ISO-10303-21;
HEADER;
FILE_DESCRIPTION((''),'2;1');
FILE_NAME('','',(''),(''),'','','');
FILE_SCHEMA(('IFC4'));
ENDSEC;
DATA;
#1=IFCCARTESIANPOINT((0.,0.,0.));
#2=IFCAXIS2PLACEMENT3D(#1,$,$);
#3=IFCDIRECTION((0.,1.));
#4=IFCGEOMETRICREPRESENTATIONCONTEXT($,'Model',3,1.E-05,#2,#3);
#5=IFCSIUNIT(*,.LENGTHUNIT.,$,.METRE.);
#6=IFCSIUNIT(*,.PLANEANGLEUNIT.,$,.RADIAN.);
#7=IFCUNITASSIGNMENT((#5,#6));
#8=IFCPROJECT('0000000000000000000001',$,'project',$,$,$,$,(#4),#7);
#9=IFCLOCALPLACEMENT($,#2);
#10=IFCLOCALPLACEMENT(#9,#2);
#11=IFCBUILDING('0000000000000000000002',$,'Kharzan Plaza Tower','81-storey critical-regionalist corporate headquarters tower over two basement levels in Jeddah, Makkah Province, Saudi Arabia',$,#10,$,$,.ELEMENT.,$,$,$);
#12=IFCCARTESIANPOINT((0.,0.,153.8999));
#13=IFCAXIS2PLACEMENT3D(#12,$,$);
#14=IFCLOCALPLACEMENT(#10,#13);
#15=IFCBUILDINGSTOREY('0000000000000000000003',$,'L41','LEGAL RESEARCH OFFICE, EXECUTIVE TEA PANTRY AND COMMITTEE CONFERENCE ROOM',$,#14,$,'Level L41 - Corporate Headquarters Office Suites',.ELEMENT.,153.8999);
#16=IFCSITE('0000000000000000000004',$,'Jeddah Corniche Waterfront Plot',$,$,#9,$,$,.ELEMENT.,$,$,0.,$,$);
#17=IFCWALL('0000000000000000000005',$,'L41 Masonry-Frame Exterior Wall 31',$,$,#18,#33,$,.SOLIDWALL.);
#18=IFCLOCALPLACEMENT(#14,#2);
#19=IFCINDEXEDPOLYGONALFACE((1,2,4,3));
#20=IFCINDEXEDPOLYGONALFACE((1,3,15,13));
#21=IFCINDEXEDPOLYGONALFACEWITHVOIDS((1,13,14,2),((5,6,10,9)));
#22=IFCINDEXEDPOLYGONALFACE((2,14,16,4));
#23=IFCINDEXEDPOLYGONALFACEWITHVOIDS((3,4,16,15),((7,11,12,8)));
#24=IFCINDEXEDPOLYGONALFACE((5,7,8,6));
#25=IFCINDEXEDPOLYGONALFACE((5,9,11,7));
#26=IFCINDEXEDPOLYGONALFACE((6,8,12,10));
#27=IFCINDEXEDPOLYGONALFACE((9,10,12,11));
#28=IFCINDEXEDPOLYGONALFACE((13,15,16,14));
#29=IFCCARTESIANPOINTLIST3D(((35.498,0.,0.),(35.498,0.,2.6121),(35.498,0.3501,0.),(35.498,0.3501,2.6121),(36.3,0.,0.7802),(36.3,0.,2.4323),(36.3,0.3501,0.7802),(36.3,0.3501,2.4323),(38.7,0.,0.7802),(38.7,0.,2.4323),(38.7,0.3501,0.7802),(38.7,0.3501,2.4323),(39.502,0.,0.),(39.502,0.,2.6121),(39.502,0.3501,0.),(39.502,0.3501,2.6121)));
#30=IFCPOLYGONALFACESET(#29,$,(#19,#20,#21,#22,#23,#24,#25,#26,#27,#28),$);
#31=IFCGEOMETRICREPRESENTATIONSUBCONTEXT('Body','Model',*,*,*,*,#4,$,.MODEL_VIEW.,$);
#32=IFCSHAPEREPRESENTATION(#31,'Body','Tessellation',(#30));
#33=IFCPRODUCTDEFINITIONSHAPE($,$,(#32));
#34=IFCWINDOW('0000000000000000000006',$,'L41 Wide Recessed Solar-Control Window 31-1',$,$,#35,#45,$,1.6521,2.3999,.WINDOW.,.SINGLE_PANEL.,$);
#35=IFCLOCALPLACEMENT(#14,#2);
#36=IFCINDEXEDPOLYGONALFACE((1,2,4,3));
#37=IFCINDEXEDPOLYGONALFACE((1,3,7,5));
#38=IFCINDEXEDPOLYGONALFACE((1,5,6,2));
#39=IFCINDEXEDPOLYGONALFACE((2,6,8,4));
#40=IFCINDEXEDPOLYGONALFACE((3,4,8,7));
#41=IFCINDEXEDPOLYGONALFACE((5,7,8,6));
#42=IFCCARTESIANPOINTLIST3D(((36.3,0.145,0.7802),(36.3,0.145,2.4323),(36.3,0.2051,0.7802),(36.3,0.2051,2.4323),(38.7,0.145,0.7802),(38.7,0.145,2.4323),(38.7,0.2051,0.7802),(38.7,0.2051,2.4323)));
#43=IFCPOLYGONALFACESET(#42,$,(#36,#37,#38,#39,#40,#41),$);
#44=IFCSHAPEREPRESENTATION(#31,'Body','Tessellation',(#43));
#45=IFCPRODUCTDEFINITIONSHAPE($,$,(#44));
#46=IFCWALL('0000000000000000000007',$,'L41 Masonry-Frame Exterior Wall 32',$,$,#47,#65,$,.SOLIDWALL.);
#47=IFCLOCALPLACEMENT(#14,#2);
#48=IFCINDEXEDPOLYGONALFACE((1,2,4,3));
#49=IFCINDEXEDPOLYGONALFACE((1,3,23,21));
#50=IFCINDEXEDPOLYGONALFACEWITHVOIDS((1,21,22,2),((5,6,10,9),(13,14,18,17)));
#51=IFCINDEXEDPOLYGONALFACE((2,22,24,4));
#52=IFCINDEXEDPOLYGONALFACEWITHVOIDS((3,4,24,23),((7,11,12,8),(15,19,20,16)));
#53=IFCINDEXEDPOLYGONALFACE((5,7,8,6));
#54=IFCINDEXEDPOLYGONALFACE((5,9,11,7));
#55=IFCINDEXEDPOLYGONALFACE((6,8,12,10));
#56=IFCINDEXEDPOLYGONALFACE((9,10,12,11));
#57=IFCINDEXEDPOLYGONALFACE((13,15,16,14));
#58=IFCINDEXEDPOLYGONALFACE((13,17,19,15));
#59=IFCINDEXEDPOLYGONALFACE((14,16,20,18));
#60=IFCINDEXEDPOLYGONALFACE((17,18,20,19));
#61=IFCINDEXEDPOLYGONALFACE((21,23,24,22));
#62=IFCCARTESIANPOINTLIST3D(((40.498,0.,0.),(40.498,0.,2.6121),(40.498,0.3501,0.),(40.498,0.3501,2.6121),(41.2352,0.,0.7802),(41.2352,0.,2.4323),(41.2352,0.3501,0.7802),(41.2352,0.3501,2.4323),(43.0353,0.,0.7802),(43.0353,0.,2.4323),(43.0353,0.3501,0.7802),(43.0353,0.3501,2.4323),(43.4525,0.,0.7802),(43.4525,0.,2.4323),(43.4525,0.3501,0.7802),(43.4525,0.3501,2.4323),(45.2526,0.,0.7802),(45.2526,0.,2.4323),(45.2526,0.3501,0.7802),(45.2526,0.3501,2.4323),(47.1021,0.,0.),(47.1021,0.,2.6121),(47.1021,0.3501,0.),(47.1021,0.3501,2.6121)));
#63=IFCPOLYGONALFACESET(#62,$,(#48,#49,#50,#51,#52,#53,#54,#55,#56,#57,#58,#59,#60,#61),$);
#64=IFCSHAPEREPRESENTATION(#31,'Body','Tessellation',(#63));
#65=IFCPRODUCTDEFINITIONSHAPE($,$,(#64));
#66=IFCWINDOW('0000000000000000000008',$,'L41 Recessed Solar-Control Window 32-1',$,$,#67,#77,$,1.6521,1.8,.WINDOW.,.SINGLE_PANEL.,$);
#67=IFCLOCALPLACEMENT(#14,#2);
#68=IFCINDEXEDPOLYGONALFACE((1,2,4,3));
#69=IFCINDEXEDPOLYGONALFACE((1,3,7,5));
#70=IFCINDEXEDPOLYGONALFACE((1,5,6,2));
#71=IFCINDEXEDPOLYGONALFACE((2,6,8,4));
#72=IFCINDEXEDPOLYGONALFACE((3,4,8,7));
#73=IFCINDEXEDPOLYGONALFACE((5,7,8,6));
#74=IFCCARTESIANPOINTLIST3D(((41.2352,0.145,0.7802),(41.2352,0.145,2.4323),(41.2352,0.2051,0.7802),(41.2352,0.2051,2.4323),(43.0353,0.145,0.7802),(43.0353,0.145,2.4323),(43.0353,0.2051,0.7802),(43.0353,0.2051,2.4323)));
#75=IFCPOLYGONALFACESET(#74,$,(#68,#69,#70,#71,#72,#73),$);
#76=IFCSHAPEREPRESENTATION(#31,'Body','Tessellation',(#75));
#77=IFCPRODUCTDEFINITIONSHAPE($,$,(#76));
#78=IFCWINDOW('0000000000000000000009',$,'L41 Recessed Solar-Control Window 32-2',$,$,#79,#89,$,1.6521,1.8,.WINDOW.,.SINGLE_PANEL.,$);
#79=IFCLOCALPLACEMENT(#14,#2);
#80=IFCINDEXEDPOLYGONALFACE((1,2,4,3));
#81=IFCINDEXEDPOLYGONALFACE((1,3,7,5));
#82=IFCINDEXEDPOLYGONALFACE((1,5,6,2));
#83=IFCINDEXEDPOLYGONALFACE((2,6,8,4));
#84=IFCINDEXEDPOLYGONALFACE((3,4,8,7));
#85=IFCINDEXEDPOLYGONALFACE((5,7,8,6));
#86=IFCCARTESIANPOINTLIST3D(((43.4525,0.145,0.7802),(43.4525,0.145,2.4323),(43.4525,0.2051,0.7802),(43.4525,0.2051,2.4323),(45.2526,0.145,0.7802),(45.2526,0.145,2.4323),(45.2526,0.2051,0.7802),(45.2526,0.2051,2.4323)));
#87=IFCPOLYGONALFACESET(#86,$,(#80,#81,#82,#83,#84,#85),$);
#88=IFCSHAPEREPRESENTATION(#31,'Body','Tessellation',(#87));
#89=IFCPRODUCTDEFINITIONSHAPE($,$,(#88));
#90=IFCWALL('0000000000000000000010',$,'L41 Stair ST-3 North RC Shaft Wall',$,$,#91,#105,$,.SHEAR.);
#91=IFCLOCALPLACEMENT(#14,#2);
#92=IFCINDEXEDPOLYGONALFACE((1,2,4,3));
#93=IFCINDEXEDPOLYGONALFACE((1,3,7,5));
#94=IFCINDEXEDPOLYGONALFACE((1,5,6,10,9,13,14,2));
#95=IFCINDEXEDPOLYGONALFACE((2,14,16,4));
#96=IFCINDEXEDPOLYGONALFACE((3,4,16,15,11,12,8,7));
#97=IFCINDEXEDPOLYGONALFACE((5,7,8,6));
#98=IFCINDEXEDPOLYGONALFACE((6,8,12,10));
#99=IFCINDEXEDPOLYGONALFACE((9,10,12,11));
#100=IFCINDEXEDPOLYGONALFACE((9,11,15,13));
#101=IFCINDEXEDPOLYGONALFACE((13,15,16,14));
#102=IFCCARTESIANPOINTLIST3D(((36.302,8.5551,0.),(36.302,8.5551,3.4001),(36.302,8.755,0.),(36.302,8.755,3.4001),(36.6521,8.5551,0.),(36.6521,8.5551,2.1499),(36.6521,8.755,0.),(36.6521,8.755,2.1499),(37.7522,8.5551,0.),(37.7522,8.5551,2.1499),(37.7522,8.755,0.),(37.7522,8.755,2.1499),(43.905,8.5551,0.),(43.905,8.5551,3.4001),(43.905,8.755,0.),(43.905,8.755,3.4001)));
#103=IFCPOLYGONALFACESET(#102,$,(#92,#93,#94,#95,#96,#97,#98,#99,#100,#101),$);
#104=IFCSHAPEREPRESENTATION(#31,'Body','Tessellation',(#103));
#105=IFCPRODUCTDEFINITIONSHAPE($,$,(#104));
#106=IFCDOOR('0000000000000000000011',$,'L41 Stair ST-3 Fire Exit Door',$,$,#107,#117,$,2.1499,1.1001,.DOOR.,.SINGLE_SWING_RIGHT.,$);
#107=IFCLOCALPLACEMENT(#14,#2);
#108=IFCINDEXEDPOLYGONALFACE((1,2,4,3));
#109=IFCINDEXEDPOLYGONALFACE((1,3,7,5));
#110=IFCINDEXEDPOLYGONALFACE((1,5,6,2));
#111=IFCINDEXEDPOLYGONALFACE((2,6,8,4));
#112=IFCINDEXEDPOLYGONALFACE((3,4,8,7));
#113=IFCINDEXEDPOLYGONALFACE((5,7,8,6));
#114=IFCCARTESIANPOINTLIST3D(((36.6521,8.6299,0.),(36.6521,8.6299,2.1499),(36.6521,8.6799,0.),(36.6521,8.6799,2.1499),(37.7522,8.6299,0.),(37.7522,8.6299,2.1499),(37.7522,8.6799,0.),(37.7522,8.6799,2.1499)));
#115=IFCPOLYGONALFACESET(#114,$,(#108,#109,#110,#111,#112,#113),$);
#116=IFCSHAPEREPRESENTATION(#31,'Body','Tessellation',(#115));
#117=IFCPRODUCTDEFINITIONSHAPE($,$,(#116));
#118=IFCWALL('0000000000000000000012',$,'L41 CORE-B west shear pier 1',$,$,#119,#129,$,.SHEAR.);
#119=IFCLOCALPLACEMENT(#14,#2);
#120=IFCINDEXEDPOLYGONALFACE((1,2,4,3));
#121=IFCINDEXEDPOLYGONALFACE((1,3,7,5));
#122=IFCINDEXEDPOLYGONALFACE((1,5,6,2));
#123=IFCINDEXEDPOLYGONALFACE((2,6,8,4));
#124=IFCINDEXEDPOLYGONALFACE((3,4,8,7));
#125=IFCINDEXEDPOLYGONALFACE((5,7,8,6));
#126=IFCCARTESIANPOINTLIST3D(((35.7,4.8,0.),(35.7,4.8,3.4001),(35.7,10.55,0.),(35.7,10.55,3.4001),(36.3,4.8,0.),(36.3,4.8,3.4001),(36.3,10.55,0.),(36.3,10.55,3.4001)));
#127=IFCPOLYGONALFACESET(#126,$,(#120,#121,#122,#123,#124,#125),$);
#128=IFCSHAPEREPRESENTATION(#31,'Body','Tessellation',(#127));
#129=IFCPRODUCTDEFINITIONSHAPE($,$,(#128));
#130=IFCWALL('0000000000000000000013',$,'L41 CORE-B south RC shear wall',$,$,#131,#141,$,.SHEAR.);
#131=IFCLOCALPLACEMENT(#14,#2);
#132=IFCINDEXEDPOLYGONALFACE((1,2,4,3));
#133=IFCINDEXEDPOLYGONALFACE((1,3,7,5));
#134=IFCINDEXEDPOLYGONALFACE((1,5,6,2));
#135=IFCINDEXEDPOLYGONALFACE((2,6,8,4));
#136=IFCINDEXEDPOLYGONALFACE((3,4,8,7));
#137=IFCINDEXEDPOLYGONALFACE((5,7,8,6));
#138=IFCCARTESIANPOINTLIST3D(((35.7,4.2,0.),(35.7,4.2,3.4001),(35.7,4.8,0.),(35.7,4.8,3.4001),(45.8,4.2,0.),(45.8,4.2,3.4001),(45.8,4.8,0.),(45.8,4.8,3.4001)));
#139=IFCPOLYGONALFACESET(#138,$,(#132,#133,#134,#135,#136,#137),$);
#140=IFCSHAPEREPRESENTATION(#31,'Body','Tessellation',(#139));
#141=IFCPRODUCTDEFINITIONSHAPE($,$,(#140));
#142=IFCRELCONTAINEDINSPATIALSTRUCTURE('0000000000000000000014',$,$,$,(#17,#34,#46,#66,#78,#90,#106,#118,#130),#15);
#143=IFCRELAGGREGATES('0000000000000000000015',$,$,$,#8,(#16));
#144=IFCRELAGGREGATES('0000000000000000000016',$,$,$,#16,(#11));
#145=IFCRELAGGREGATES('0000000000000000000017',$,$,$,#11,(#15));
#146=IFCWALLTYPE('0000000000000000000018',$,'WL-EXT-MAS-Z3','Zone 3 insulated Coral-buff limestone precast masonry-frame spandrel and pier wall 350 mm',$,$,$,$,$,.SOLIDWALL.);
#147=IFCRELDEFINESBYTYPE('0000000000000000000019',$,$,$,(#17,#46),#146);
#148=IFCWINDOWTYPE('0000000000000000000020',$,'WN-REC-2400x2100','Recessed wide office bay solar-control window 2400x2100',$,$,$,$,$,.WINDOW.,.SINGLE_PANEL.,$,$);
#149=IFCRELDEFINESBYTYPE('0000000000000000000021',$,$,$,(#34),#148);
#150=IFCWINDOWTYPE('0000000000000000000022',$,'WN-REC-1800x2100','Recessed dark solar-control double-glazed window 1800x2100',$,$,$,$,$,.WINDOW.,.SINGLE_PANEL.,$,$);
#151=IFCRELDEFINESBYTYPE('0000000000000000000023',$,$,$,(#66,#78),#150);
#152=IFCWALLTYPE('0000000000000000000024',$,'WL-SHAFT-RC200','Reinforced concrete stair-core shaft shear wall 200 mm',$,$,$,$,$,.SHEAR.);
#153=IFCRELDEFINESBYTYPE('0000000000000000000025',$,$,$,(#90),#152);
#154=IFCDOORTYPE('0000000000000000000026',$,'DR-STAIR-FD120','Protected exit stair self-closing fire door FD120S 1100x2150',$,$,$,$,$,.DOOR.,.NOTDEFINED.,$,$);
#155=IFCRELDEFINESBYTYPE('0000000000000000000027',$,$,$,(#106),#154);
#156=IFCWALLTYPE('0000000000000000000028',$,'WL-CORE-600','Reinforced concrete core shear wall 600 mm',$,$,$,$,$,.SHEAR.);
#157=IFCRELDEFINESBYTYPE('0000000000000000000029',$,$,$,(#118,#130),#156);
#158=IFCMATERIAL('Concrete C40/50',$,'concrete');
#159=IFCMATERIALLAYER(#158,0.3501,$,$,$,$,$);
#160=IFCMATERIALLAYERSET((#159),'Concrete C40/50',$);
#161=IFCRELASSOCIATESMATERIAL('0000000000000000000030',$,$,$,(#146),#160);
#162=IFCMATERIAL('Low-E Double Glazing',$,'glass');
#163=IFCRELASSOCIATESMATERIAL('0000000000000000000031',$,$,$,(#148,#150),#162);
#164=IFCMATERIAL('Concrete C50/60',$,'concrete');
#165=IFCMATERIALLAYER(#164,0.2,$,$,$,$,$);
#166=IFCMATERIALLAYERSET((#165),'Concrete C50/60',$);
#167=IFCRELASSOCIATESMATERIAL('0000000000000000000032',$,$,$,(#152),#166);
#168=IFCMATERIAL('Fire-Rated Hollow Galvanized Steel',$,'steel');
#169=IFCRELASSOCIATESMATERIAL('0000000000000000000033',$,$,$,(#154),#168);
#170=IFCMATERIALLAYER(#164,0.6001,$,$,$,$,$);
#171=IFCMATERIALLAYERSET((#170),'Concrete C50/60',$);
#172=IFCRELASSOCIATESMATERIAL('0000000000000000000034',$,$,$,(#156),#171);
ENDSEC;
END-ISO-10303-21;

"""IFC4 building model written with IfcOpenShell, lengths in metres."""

from ifc_helpers import new_model, si_unit, direction, frame, frame_2d, origin, place, context, subcontext, project, spatial, rectangle, extrude, source, transform, mapped, material, layer, layer_set, type_object, element, fill, save


model = new_model("IFC4")

# Units and contexts
model_context = context("Model", 3, precision=1e-05, world=origin(), true_north=direction((0.0, 1.0)))
body_context = subcontext(model_context, "Body", "Model", "MODEL_VIEW")
ifc_project = project(units=[si_unit("LENGTHUNIT", "METRE"), si_unit("PLANEANGLEUNIT", "RADIAN")], contexts=[model_context])

# Site, building, storey
site_placement = place(None, origin())
site = spatial("IfcSite", under=ifc_project, at=site_placement, Name="Jeddah Corniche Waterfront Plot", CompositionType="ELEMENT", RefElevation=0.0)
building_placement = place(site_placement, origin())
building = spatial("IfcBuilding", under=site, at=building_placement, Name="Kharzan Plaza Tower", Description="81-storey critical-regionalist corporate headquarters tower over two basement levels in Jeddah, Makkah Province, Saudi Arabia", CompositionType="ELEMENT")
storey_placement = place(building_placement, frame((0.0, 0.0, 153.8999)))
storey = spatial("IfcBuildingStorey", under=building, at=storey_placement, Name="L41", Description="LEGAL RESEARCH OFFICE, EXECUTIVE TEA PANTRY AND COMMITTEE CONFERENCE ROOM", LongName="Level L41 - Corporate Headquarters Office Suites", CompositionType="ELEMENT", Elevation=153.8999)

# Shared definitions
ifc_material_1 = material(Name="Concrete C50/60", Category="concrete")

# Wall, opening, window
ifc_material_2 = material(Name="Concrete C40/50", Category="concrete")
ifc_layer_1 = layer(ifc_material_2, 0.3501)
ifc_layer_set_1 = layer_set([ifc_layer_1], Name="Concrete C40/50")
wall_type_1 = type_object("IfcWallType", Name="WL-EXT-MAS-Z3", Description="Zone 3 insulated Coral-buff limestone precast masonry-frame spandrel and pier wall 350 mm", PredefinedType="SOLIDWALL", material=ifc_layer_set_1)
wall_1_placement = place(storey_placement, frame((35.498, 0.175, 0.0), z_axis=(0.0, 0.0, 1.0), x_axis=(1.0, 0.0, 0.0)))
wall_1 = element("IfcWall", 1, at=wall_1_placement, inside=storey, type_object=wall_type_1, Name="L41 Masonry-Frame Exterior Wall 31", PredefinedType="SOLIDWALL", context=body_context, shape_type="SweptSolid", body=[
    extrude(rectangle(XDim=4.0039, YDim=0.3501, at=frame_2d((2.002, 0.0))), origin(), (0.0, 0.0, 1.0), 2.6121),
])
opening_1_placement = place(wall_1_placement, frame((0.802, 0.0, 0.78)))
opening_1 = element("IfcOpeningElement", 2, at=opening_1_placement, cuts=wall_1, PredefinedType="OPENING", context=body_context, shape_type="SweptSolid", body=[
    extrude(rectangle(XDim=2.3999, YDim=1.6521, at=frame_2d((1.2, 0.8262))), frame((0.0, 0.1851, 0.0), z_axis=(0.0, -1.0, 0.0), x_axis=(1.0, 0.0, 0.0)), (0.0, 0.0, 1.0), 0.3701),
])
ifc_material_3 = material(Name="Low-E Double Glazing", Category="glass")
window_type_1 = type_object("IfcWindowType", Name="WN-REC-2400x2100", Description="Recessed wide office bay solar-control window 2400x2100", PartitioningType="SINGLE_PANEL", PredefinedType="WINDOW", material=ifc_material_3)
shared_shape_1 = source(origin(), body_context, "Body", "SweptSolid", [
    extrude(rectangle(XDim=2.3999, YDim=1.6521, at=frame_2d((1.2, 0.8262))), frame((0.0, 0.03, 0.0), z_axis=(0.0, -1.0, 0.0), x_axis=(1.0, 0.0, 0.0)), (0.0, 0.0, 1.0), 0.0601),
])
window_1_placement = place(opening_1_placement, origin())
window_1 = element("IfcWindow", 3, at=window_1_placement, inside=storey, type_object=window_type_1, Name="L41 Wide Recessed Solar-Control Window 31-1", OverallHeight=1.6521, OverallWidth=2.3999, PartitioningType="SINGLE_PANEL", PredefinedType="WINDOW", context=body_context, shape_type="MappedRepresentation", body=[
    mapped(shared_shape_1, transform((0.0, 0.0, 0.0), x_axis=(1.0, 0.0, 0.0), y_axis=(0.0, 1.0, 0.0), z_axis=(0.0, 0.0, 1.0))),
])
fill(opening_1, window_1)

# Wall, openings, windows
wall_2_placement = place(storey_placement, frame((40.498, 0.175, 0.0), z_axis=(0.0, 0.0, 1.0), x_axis=(1.0, 0.0, 0.0)))
wall_2 = element("IfcWall", 4, at=wall_2_placement, inside=storey, type_object=wall_type_1, Name="L41 Masonry-Frame Exterior Wall 32", PredefinedType="SOLIDWALL", context=body_context, shape_type="SweptSolid", body=[
    extrude(rectangle(XDim=6.604, YDim=0.3501, at=frame_2d((3.302, 0.0))), origin(), (0.0, 0.0, 1.0), 2.6121),
])
opening_2_placement = place(wall_2_placement, frame((0.7373, 0.0, 0.78)))
opening_2 = element("IfcOpeningElement", 5, at=opening_2_placement, cuts=wall_2, PredefinedType="OPENING", context=body_context, shape_type="SweptSolid", body=[
    extrude(rectangle(XDim=1.8, YDim=1.6521, at=frame_2d((0.8999, 0.8262))), frame((0.0, 0.1851, 0.0), z_axis=(0.0, -1.0, 0.0), x_axis=(1.0, 0.0, 0.0)), (0.0, 0.0, 1.0), 0.3701),
])
opening_3_placement = place(wall_2_placement, frame((2.9546, 0.0, 0.78)))
opening_3 = element("IfcOpeningElement", 6, at=opening_3_placement, cuts=wall_2, PredefinedType="OPENING", context=body_context, shape_type="SweptSolid", body=[
    extrude(rectangle(XDim=1.8, YDim=1.6521, at=frame_2d((0.8999, 0.8262))), frame((0.0, 0.1851, 0.0), z_axis=(0.0, -1.0, 0.0), x_axis=(1.0, 0.0, 0.0)), (0.0, 0.0, 1.0), 0.3701),
])
window_type_2 = type_object("IfcWindowType", Name="WN-REC-1800x2100", Description="Recessed dark solar-control double-glazed window 1800x2100", PartitioningType="SINGLE_PANEL", PredefinedType="WINDOW", material=ifc_material_3)
shared_shape_2 = source(origin(), body_context, "Body", "SweptSolid", [
    extrude(rectangle(XDim=1.8, YDim=1.6521, at=frame_2d((0.8999, 0.8262))), frame((0.0, 0.03, 0.0), z_axis=(0.0, -1.0, 0.0), x_axis=(1.0, 0.0, 0.0)), (0.0, 0.0, 1.0), 0.0601),
])
window_2_placement = place(opening_2_placement, origin())
window_2 = element("IfcWindow", 7, at=window_2_placement, inside=storey, type_object=window_type_2, Name="L41 Recessed Solar-Control Window 32-1", OverallHeight=1.6521, OverallWidth=1.8, PartitioningType="SINGLE_PANEL", PredefinedType="WINDOW", context=body_context, shape_type="MappedRepresentation", body=[
    mapped(shared_shape_2, transform((0.0, 0.0, 0.0), x_axis=(1.0, 0.0, 0.0), y_axis=(0.0, 1.0, 0.0), z_axis=(0.0, 0.0, 1.0))),
])
fill(opening_2, window_2)
window_3_placement = place(opening_3_placement, origin())
window_3 = element("IfcWindow", 8, at=window_3_placement, inside=storey, type_object=window_type_2, Name="L41 Recessed Solar-Control Window 32-2", OverallHeight=1.6521, OverallWidth=1.8, PartitioningType="SINGLE_PANEL", PredefinedType="WINDOW", context=body_context, shape_type="MappedRepresentation", body=[
    mapped(shared_shape_2, transform((0.0, 0.0, 0.0), x_axis=(1.0, 0.0, 0.0), y_axis=(0.0, 1.0, 0.0), z_axis=(0.0, 0.0, 1.0))),
])
fill(opening_3, window_3)

# Wall, opening, door
ifc_layer_2 = layer(ifc_material_1, 0.2)
ifc_layer_set_2 = layer_set([ifc_layer_2], Name="Concrete C50/60")
wall_type_2 = type_object("IfcWallType", Name="WL-SHAFT-RC200", Description="Reinforced concrete stair-core shaft shear wall 200 mm", PredefinedType="SHEAR", material=ifc_layer_set_2)
wall_3_placement = place(storey_placement, frame((36.302, 8.655, 0.0), z_axis=(0.0, 0.0, 1.0), x_axis=(1.0, 0.0, 0.0)))
wall_3 = element("IfcWall", 9, at=wall_3_placement, inside=storey, type_object=wall_type_2, Name="L41 Stair ST-3 North RC Shaft Wall", PredefinedType="SHEAR", context=body_context, shape_type="SweptSolid", body=[
    extrude(rectangle(XDim=7.603, YDim=0.2, at=frame_2d((3.8015, 0.0))), origin(), (0.0, 0.0, 1.0), 3.4001),
])
opening_4_placement = place(wall_3_placement, frame((0.3501, 0.0, 0.0)))
opening_4 = element("IfcOpeningElement", 10, at=opening_4_placement, cuts=wall_3, PredefinedType="OPENING", context=body_context, shape_type="SweptSolid", body=[
    extrude(rectangle(XDim=1.1001, YDim=2.1499, at=frame_2d((0.55, 1.075))), frame((0.0, 0.1099, 0.0), z_axis=(0.0, -1.0, 0.0), x_axis=(1.0, 0.0, 0.0)), (0.0, 0.0, 1.0), 0.22),
])
ifc_material_4 = material(Name="Fire-Rated Hollow Galvanized Steel", Category="steel")
door_type = type_object("IfcDoorType", Name="DR-STAIR-FD120", Description="Protected exit stair self-closing fire door FD120S 1100x2150", OperationType="NOTDEFINED", PredefinedType="DOOR", material=ifc_material_4)
shared_shape_3 = source(origin(), body_context, "Body", "SweptSolid", [
    extrude(rectangle(XDim=1.1001, YDim=2.1499, at=frame_2d((0.55, 1.075))), frame((0.0, 0.0249, 0.0), z_axis=(0.0, -1.0, 0.0), x_axis=(1.0, 0.0, 0.0)), (0.0, 0.0, 1.0), 0.05),
])
door_placement = place(opening_4_placement, origin())
door = element("IfcDoor", 11, at=door_placement, inside=storey, type_object=door_type, Name="L41 Stair ST-3 Fire Exit Door", OperationType="SINGLE_SWING_RIGHT", OverallHeight=2.1499, OverallWidth=1.1001, PredefinedType="DOOR", context=body_context, shape_type="MappedRepresentation", body=[
    mapped(shared_shape_3, transform((0.0, 0.0, 0.0), x_axis=(1.0, 0.0, 0.0), y_axis=(0.0, 1.0, 0.0), z_axis=(0.0, 0.0, 1.0))),
])
fill(opening_4, door)

# Walls
ifc_layer_3 = layer(ifc_material_1, 0.6001)
ifc_layer_set_3 = layer_set([ifc_layer_3], Name="Concrete C50/60")
wall_type_3 = type_object("IfcWallType", Name="WL-CORE-600", Description="Reinforced concrete core shear wall 600 mm", PredefinedType="SHEAR", material=ifc_layer_set_3)
shared_shape_4 = source(origin(), body_context, "Body", "SweptSolid", [
    extrude(rectangle(XDim=5.75, YDim=0.6001, at=frame_2d((2.875, 0.0))), origin(), (0.0, 0.0, 1.0), 3.4001),
])
wall_4_placement = place(storey_placement, frame((36.0, 4.8, 0.0), z_axis=(0.0, 0.0, 1.0), x_axis=(0.0, 1.0, 0.0)))
element("IfcWall", 12, at=wall_4_placement, inside=storey, type_object=wall_type_3, Name="L41 CORE-B west shear pier 1", PredefinedType="SHEAR", context=body_context, shape_type="MappedRepresentation", body=[
    mapped(shared_shape_4, transform((0.0, 0.0, 0.0), x_axis=(1.0, 0.0, 0.0), y_axis=(0.0, 1.0, 0.0), z_axis=(0.0, 0.0, 1.0))),
])
shared_shape_5 = source(origin(), body_context, "Body", "SweptSolid", [
    extrude(rectangle(XDim=10.1001, YDim=0.6001, at=frame_2d((5.05, 0.0))), origin(), (0.0, 0.0, 1.0), 3.4001),
])
wall_5_placement = place(storey_placement, frame((35.7, 4.5, 0.0), z_axis=(0.0, 0.0, 1.0), x_axis=(1.0, 0.0, 0.0)))
element("IfcWall", 13, at=wall_5_placement, inside=storey, type_object=wall_type_3, Name="L41 CORE-B south RC shear wall", PredefinedType="SHEAR", context=body_context, shape_type="MappedRepresentation", body=[
    mapped(shared_shape_5, transform((0.0, 0.0, 0.0), x_axis=(1.0, 0.0, 0.0), y_axis=(0.0, 1.0, 0.0), z_axis=(0.0, 0.0, 1.0))),
])

save(model, "model.ifc")
